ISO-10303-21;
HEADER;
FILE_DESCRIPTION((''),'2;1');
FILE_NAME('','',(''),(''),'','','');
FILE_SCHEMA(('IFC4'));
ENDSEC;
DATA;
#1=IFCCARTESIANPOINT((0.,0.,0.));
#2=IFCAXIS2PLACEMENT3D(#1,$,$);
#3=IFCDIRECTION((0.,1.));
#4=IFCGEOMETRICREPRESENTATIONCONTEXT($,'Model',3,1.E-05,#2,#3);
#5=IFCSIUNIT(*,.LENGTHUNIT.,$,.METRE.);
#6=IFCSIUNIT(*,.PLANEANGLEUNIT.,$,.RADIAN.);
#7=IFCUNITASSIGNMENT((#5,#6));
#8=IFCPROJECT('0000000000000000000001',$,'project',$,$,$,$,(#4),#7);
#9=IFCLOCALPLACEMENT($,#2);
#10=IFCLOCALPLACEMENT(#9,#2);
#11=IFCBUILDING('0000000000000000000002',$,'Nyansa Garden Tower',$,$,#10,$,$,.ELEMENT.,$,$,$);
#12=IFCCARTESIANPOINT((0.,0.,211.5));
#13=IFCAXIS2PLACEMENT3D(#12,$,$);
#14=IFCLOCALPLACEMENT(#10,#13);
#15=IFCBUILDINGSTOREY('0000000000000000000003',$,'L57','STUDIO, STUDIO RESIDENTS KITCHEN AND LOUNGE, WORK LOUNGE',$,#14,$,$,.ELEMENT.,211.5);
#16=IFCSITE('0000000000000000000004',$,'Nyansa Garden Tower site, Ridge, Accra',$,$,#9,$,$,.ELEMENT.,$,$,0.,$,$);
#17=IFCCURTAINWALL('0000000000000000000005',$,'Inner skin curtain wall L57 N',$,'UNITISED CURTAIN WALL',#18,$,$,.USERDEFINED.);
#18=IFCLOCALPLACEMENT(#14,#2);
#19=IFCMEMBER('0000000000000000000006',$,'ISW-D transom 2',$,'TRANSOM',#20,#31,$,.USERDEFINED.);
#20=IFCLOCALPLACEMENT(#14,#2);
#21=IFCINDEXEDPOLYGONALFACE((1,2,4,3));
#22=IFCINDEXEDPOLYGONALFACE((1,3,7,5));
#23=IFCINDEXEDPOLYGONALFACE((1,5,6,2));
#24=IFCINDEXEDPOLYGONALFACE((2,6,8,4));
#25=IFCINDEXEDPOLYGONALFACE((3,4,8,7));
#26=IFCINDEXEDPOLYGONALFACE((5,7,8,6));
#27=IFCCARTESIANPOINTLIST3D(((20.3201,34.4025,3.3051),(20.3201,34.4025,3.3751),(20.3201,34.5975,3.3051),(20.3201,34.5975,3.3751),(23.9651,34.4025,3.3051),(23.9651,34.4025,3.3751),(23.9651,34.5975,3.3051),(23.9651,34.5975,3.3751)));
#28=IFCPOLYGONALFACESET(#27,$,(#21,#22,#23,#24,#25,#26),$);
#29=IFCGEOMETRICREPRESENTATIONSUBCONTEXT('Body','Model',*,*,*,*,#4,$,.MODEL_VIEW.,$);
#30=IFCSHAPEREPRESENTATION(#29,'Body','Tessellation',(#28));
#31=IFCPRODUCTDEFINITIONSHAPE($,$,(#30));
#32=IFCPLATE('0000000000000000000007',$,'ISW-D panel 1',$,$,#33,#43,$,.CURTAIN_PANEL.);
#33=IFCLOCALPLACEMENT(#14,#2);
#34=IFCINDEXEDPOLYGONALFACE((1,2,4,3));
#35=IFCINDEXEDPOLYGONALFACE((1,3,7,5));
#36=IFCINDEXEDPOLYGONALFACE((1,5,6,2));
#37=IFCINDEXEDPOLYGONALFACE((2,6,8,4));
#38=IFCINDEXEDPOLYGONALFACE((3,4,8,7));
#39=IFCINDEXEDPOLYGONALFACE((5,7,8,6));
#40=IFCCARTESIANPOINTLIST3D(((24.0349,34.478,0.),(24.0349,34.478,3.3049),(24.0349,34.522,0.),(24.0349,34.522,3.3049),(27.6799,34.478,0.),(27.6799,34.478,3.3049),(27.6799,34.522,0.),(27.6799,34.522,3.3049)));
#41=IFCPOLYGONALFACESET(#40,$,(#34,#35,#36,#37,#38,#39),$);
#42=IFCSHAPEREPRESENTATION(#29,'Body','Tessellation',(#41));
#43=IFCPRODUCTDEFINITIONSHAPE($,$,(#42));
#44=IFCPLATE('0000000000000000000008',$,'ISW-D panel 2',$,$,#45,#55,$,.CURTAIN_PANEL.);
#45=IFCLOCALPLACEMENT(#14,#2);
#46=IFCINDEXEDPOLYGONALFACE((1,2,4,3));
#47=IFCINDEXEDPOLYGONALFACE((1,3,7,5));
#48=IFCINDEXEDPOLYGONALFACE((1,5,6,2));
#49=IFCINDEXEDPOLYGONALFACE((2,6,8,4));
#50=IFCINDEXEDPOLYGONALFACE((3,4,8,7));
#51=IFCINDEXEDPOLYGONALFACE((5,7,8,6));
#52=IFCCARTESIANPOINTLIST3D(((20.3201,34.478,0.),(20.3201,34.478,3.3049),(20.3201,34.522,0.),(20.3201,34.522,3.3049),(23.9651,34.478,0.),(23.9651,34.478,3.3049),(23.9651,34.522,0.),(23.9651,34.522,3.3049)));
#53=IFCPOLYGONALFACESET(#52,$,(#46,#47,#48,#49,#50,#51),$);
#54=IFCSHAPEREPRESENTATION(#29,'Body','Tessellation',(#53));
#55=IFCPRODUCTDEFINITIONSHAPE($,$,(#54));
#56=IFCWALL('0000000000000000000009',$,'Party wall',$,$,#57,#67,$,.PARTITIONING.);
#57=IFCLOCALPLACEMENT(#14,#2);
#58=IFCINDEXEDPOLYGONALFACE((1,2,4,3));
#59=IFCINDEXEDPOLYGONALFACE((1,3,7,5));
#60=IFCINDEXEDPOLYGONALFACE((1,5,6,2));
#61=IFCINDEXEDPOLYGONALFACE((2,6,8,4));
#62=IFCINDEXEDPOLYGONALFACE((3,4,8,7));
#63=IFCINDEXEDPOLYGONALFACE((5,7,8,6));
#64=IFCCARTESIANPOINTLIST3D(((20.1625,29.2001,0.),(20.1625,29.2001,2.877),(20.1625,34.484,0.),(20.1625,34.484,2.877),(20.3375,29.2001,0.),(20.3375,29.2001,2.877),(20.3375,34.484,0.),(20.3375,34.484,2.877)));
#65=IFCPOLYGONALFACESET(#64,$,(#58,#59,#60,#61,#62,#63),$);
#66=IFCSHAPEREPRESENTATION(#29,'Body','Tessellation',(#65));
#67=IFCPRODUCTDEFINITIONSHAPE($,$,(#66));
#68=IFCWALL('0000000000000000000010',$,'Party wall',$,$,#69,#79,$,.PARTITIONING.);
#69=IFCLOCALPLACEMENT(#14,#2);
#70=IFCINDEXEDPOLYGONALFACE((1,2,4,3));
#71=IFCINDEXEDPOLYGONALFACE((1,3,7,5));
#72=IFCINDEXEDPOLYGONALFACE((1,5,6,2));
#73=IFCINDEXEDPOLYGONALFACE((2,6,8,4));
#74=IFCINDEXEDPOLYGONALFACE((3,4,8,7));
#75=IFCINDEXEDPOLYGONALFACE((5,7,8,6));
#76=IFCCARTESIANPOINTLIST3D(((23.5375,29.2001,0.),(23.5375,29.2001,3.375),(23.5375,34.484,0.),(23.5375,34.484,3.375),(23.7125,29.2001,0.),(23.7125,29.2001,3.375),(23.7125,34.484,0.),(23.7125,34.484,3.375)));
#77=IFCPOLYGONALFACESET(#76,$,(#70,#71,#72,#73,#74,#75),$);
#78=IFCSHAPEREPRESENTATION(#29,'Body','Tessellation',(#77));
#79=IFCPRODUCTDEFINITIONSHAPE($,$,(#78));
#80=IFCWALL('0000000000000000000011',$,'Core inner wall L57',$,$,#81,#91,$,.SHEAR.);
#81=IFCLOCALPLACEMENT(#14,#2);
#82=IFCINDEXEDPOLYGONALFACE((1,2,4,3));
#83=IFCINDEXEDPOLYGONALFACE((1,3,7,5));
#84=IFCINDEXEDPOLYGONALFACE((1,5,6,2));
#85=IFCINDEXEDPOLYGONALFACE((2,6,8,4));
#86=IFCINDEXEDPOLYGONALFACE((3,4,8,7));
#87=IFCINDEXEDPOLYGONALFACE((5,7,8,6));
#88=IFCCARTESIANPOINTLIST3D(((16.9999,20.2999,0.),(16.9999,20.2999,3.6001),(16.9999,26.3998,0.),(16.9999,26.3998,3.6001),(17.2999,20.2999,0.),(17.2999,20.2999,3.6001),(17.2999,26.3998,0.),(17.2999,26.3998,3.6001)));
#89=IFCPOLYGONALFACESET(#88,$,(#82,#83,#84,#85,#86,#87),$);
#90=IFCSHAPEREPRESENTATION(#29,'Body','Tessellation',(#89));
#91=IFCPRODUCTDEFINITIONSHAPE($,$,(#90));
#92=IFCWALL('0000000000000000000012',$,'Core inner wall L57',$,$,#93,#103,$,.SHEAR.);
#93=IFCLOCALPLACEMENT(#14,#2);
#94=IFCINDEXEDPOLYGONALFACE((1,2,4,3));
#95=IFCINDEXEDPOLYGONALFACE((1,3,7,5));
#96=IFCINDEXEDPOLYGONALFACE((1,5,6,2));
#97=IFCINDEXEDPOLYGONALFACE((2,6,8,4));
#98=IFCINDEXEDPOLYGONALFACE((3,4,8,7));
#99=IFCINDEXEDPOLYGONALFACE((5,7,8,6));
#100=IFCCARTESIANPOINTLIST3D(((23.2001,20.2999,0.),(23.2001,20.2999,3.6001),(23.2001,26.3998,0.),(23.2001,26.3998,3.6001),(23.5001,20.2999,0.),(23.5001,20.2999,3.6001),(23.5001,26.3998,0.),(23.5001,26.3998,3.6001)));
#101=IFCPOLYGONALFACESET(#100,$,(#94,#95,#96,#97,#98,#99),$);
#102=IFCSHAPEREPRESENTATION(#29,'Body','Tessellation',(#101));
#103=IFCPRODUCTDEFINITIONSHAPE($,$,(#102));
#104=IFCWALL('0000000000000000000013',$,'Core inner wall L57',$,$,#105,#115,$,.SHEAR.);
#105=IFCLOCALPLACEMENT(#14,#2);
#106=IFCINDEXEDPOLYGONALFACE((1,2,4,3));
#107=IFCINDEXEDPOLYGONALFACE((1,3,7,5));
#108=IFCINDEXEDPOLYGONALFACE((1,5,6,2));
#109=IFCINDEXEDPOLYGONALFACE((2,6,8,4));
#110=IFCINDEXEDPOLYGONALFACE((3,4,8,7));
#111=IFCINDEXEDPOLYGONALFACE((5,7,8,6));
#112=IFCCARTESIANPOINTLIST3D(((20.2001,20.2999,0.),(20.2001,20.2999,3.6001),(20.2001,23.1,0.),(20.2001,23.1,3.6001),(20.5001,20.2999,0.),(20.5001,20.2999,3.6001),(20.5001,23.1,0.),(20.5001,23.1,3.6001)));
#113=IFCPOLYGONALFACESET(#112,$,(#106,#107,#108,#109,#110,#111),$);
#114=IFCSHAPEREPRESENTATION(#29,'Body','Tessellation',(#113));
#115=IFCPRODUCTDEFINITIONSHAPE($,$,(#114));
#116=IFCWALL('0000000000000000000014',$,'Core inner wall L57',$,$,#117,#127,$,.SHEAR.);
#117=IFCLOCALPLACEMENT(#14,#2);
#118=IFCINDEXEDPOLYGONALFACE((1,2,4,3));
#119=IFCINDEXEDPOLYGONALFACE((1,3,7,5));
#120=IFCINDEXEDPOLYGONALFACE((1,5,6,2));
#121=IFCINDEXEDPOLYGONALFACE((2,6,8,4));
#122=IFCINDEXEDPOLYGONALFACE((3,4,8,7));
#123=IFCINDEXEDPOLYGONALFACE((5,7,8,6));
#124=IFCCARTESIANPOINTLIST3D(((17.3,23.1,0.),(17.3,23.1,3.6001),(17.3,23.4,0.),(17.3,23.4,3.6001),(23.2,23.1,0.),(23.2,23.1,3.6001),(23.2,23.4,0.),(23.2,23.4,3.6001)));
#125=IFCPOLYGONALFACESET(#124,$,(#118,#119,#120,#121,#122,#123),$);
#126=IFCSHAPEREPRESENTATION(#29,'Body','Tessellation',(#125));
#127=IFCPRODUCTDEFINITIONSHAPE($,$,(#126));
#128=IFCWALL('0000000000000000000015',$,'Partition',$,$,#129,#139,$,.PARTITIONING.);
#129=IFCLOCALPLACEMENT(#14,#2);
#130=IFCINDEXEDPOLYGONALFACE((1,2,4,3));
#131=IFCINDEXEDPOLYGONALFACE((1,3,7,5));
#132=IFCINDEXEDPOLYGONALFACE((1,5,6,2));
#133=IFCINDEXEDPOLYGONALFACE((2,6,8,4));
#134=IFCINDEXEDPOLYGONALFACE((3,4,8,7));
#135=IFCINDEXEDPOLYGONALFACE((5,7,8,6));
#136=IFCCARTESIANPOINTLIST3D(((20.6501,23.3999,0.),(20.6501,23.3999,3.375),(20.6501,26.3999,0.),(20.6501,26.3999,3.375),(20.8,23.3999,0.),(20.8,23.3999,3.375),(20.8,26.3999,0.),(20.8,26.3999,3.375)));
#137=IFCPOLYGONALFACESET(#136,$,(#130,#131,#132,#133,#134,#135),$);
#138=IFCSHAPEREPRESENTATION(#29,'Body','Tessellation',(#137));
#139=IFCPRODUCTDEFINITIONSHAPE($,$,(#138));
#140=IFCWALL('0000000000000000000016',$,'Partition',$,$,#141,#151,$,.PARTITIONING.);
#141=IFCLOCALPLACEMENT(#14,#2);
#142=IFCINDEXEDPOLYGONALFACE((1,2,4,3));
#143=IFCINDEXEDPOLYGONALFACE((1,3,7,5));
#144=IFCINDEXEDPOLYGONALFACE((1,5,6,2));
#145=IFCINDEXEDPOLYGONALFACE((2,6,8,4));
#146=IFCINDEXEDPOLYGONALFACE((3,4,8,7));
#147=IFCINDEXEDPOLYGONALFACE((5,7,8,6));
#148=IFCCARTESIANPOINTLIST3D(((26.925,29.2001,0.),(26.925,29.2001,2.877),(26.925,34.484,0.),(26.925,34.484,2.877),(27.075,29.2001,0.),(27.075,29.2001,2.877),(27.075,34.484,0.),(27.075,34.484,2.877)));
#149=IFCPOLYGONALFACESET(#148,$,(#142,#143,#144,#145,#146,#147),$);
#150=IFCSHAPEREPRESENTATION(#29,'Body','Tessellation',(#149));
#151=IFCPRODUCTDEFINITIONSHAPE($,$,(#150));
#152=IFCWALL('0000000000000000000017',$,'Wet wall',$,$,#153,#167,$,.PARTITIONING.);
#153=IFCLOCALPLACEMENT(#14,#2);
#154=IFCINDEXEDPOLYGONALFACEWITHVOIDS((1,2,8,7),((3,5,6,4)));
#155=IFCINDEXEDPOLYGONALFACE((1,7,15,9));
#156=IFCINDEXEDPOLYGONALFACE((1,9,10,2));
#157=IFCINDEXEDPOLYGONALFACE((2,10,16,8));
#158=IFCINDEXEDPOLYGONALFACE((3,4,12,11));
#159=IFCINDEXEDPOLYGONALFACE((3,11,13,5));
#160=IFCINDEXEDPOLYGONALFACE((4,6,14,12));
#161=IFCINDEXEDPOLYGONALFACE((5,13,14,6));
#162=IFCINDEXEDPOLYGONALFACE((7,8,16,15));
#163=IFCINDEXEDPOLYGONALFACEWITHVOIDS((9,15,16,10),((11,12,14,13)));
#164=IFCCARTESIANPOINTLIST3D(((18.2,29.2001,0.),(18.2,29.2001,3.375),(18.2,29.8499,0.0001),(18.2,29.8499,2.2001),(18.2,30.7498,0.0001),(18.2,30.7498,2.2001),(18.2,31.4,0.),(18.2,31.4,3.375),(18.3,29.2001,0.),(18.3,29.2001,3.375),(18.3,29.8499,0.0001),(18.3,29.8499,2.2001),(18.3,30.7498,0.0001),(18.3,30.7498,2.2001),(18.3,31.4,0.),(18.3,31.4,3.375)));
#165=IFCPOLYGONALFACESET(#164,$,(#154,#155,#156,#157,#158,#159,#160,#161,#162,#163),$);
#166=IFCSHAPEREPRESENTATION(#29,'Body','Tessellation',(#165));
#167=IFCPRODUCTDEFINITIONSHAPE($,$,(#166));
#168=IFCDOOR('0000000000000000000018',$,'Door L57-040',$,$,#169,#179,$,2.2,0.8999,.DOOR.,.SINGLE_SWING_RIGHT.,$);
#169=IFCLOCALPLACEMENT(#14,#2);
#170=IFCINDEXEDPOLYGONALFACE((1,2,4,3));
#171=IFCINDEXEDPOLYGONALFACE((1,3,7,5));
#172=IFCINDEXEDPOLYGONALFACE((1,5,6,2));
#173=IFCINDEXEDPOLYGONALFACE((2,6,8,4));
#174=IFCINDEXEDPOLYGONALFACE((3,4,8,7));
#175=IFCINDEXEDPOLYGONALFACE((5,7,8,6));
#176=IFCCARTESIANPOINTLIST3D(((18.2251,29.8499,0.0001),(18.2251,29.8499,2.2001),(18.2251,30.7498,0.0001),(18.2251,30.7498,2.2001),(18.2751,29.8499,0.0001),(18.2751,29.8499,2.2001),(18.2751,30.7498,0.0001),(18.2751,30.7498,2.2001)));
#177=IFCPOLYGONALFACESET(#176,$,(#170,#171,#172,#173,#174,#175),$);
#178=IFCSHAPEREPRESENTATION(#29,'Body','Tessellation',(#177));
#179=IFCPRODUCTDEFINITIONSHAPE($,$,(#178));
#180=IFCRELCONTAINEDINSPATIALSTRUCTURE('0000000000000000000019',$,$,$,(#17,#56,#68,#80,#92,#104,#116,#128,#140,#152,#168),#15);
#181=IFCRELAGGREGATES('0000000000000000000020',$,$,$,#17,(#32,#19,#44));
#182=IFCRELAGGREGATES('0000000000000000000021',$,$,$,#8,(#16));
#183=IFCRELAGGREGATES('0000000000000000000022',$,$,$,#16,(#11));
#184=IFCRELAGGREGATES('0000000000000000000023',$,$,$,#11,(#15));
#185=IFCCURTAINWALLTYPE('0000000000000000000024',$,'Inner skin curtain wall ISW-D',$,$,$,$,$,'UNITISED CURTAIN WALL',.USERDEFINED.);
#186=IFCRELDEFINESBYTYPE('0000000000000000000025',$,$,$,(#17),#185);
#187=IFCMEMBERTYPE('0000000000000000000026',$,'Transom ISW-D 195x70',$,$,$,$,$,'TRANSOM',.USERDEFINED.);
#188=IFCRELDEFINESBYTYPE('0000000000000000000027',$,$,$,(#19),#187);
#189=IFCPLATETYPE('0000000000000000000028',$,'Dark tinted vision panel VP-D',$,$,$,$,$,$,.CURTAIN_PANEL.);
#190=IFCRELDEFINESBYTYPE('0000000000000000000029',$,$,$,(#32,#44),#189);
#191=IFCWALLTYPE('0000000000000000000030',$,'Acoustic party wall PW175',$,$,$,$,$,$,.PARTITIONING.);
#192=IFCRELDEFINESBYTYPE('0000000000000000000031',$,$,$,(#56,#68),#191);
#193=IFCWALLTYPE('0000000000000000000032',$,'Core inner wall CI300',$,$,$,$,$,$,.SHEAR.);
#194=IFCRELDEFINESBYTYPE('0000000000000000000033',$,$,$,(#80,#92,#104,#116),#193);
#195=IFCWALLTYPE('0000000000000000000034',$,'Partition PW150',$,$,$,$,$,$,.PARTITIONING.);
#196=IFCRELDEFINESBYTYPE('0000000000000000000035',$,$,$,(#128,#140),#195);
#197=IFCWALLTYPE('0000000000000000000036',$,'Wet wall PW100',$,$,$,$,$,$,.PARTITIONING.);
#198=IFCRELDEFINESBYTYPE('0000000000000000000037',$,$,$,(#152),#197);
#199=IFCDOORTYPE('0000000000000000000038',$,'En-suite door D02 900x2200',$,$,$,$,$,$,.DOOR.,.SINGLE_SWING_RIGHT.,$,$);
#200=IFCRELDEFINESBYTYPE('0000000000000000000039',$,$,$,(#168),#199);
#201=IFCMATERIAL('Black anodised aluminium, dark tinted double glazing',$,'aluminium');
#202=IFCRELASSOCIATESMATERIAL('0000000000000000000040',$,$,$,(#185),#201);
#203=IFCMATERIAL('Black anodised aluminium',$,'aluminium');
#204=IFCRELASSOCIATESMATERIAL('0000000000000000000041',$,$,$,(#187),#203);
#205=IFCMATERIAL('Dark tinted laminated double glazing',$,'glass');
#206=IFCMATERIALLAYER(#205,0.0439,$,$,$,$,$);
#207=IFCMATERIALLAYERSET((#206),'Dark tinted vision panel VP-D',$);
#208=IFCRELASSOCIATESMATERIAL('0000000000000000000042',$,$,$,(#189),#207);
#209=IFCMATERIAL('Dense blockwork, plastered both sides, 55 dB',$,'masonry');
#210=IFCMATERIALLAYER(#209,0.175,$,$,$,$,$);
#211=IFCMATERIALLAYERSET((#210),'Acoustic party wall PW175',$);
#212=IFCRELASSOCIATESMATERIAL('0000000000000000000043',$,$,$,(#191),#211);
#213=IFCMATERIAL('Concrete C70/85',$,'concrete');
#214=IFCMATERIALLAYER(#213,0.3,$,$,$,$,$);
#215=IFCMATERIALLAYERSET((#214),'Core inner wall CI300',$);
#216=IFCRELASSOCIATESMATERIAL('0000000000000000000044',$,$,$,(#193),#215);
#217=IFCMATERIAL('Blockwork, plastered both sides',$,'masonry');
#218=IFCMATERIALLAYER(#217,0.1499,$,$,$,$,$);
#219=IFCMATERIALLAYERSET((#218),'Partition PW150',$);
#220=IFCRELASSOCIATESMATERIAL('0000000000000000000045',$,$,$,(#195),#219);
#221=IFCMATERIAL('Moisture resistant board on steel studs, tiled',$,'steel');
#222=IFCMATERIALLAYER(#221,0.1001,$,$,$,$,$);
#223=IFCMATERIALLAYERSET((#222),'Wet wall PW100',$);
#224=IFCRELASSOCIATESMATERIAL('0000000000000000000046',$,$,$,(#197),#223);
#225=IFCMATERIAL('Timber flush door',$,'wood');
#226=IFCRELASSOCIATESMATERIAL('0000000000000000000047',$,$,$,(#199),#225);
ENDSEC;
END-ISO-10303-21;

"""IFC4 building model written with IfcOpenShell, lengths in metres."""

from ifc_helpers import new_model, si_unit, direction, frame, frame_2d, origin, origin_2d, place, context, subcontext, project, spatial, rectangle, extrude, material, layer, layer_set, material_profile, profile_set, type_object, element, fill, aggregate, save


model = new_model("IFC4")

# Units and contexts
model_context = context("Model", 3, precision=1e-05, world=origin(), true_north=direction((0.0, 1.0)))
body_context = subcontext(model_context, "Body", "Model", "MODEL_VIEW")
ifc_project = project(units=[si_unit("LENGTHUNIT", "METRE"), si_unit("PLANEANGLEUNIT", "RADIAN")], contexts=[model_context])

# Site, building, storey
site_placement = place(None, origin())
site = spatial("IfcSite", under=ifc_project, at=site_placement, Name="Nyansa Garden Tower site, Ridge, Accra", CompositionType="ELEMENT", RefElevation=0.0)
building_placement = place(site_placement, origin())
building = spatial("IfcBuilding", under=site, at=building_placement, Name="Nyansa Garden Tower", CompositionType="ELEMENT")
storey_placement = place(building_placement, frame((0.0, 0.0, 211.5)))
storey = spatial("IfcBuildingStorey", under=building, at=storey_placement, Name="L57", Description="STUDIO, STUDIO RESIDENTS KITCHEN AND LOUNGE, WORK LOUNGE", CompositionType="ELEMENT", Elevation=211.5)

# Curtain wall
ifc_material_1 = material(Name="Black anodised aluminium, dark tinted double glazing", Category="aluminium")
curtain_wall_type = type_object("IfcCurtainWallType", Name="Inner skin curtain wall ISW-D", ElementType="UNITISED CURTAIN WALL", PredefinedType="USERDEFINED", material=ifc_material_1)
curtain_wall_placement = place(storey_placement, origin())
curtain_wall = element("IfcCurtainWall", 1, at=curtain_wall_placement, inside=storey, type_object=curtain_wall_type, Name="Inner skin curtain wall L57 N", ObjectType="UNITISED CURTAIN WALL", PredefinedType="USERDEFINED")

# Member
ifc_material_2 = material(Name="Black anodised aluminium", Category="aluminium")
ifc_material_profile_1 = material_profile(ifc_material_2, rectangle(XDim=0.1951, YDim=0.0701, at=origin_2d()), Name="Transom 195x70")
ifc_profile_set_1 = profile_set([ifc_material_profile_1], Name="Black anodised aluminium")
member_type_1 = type_object("IfcMemberType", Name="Transom ISW-D 195x70", ElementType="TRANSOM", PredefinedType="USERDEFINED", material=ifc_profile_set_1)
member_1_placement = place(storey_placement, frame((23.9651, 34.5, 3.3401), z_axis=(-1.0, 0.0, 0.0), x_axis=(0.0, -1.0, 0.0)))
member_1 = element("IfcMember", 2, at=member_1_placement, type_object=member_type_1, Name="ISW-D transom 2", ObjectType="TRANSOM", PredefinedType="USERDEFINED", context=body_context, shape_type="SweptSolid", body=[
    extrude(rectangle(XDim=0.1951, YDim=0.0701, at=origin_2d()), origin(), (0.0, 0.0, 1.0), 3.645),
])

# Plates
ifc_material_3 = material(Name="Dark tinted laminated double glazing", Category="glass")
ifc_layer_1 = layer(ifc_material_3, 0.0439)
ifc_layer_set_1 = layer_set([ifc_layer_1], Name="Dark tinted vision panel VP-D")
plate_type = type_object("IfcPlateType", Name="Dark tinted vision panel VP-D", PredefinedType="CURTAIN_PANEL", material=ifc_layer_set_1)
plate_1_placement = place(storey_placement, frame((25.8574, 34.5, 0.0), z_axis=(0.0, 0.0, 1.0), x_axis=(-1.0, 0.0, 0.0)))
plate_1 = element("IfcPlate", 3, at=plate_1_placement, type_object=plate_type, Name="ISW-D panel 1", PredefinedType="CURTAIN_PANEL", context=body_context, shape_type="SweptSolid", body=[
    extrude(rectangle(XDim=3.645, YDim=0.0439, at=origin_2d()), origin(), (0.0, 0.0, 1.0), 3.3049),
])
plate_2_placement = place(storey_placement, frame((22.1426, 34.5, 0.0), z_axis=(0.0, 0.0, 1.0), x_axis=(-1.0, 0.0, 0.0)))
plate_2 = element("IfcPlate", 4, at=plate_2_placement, type_object=plate_type, Name="ISW-D panel 2", PredefinedType="CURTAIN_PANEL", context=body_context, shape_type="SweptSolid", body=[
    extrude(rectangle(XDim=3.645, YDim=0.0439, at=origin_2d()), origin(), (0.0, 0.0, 1.0), 3.3049),
])
aggregate(curtain_wall, [plate_1, member_1, plate_2])

# Walls
ifc_material_4 = material(Name="Dense blockwork, plastered both sides, 55 dB", Category="masonry")
ifc_layer_2 = layer(ifc_material_4, 0.175)
ifc_layer_set_2 = layer_set([ifc_layer_2], Name="Acoustic party wall PW175")
wall_type_1 = type_object("IfcWallType", Name="Acoustic party wall PW175", PredefinedType="PARTITIONING", material=ifc_layer_set_2)
wall_1_placement = place(storey_placement, frame((20.25, 29.2, 0.0), z_axis=(0.0, 0.0, 1.0), x_axis=(0.0, 1.0, 0.0)))
element("IfcWall", 5, at=wall_1_placement, inside=storey, type_object=wall_type_1, Name="Party wall", PredefinedType="PARTITIONING", context=body_context, shape_type="SweptSolid", body=[
    extrude(rectangle(XDim=5.2839, YDim=0.175, at=frame_2d((2.6421, 0.0))), origin(), (0.0, 0.0, 1.0), 2.877),
])
wall_2_placement = place(storey_placement, frame((23.625, 29.2, 0.0), z_axis=(0.0, 0.0, 1.0), x_axis=(0.0, 1.0, 0.0)))
element("IfcWall", 6, at=wall_2_placement, inside=storey, type_object=wall_type_1, Name="Party wall", PredefinedType="PARTITIONING", context=body_context, shape_type="SweptSolid", body=[
    extrude(rectangle(XDim=5.2839, YDim=0.175, at=frame_2d((2.6421, 0.0))), origin(), (0.0, 0.0, 1.0), 3.375),
])
ifc_material_5 = material(Name="Concrete C70/85", Category="concrete")
ifc_layer_3 = layer(ifc_material_5, 0.3)
ifc_layer_set_3 = layer_set([ifc_layer_3], Name="Core inner wall CI300")
wall_type_2 = type_object("IfcWallType", Name="Core inner wall CI300", PredefinedType="SHEAR", material=ifc_layer_set_3)
for number, where, z_axis, x_axis, name in (
    (7, (17.1499, 20.3, 0.0), (0.0, 0.0, 1.0), (0.0, 1.0, 0.0), "Core inner wall L57"),
    (8, (23.3501, 20.3, 0.0), (0.0, 0.0, 1.0), (0.0, 1.0, 0.0), "Core inner wall L57"),
):
    element("IfcWall", number, at=place(storey_placement, frame(where, z_axis=z_axis, x_axis=x_axis)), inside=storey, type_object=wall_type_2, Name=name, PredefinedType="SHEAR", context=body_context, shape_type="SweptSolid", body=[
        extrude(rectangle(XDim=6.0999, YDim=0.3, at=frame_2d((3.0498, 0.0))), origin(), (0.0, 0.0, 1.0), 3.6001),
    ])
wall_3_placement = place(storey_placement, frame((20.3501, 20.3, 0.0), z_axis=(0.0, 0.0, 1.0), x_axis=(0.0, 1.0, 0.0)))
element("IfcWall", 9, at=wall_3_placement, inside=storey, type_object=wall_type_2, Name="Core inner wall L57", PredefinedType="SHEAR", context=body_context, shape_type="SweptSolid", body=[
    extrude(rectangle(XDim=2.8, YDim=0.3, at=frame_2d((1.3999, 0.0))), origin(), (0.0, 0.0, 1.0), 3.6001),
])
wall_4_placement = place(storey_placement, frame((17.3, 23.25, 0.0), z_axis=(0.0, 0.0, 1.0), x_axis=(1.0, 0.0, 0.0)))
element("IfcWall", 10, at=wall_4_placement, inside=storey, type_object=wall_type_2, Name="Core inner wall L57", PredefinedType="SHEAR", context=body_context, shape_type="SweptSolid", body=[
    extrude(rectangle(XDim=5.8999, YDim=0.3, at=frame_2d((2.95, 0.0))), origin(), (0.0, 0.0, 1.0), 3.6001),
])
ifc_material_6 = material(Name="Blockwork, plastered both sides", Category="masonry")
ifc_layer_4 = layer(ifc_material_6, 0.1499)
ifc_layer_set_4 = layer_set([ifc_layer_4], Name="Partition PW150")
wall_type_3 = type_object("IfcWallType", Name="Partition PW150", PredefinedType="PARTITIONING", material=ifc_layer_set_4)
wall_5_placement = place(storey_placement, frame((20.7251, 23.3999, 0.0), z_axis=(0.0, 0.0, 1.0), x_axis=(0.0, 1.0, 0.0)))
element("IfcWall", 11, at=wall_5_placement, inside=storey, type_object=wall_type_3, Name="Partition", PredefinedType="PARTITIONING", context=body_context, shape_type="SweptSolid", body=[
    extrude(rectangle(XDim=3.0, YDim=0.1499, at=frame_2d((1.5, 0.0))), origin(), (0.0, 0.0, 1.0), 3.375),
])
wall_6_placement = place(storey_placement, frame((27.0, 29.2, 0.0), z_axis=(0.0, 0.0, 1.0), x_axis=(0.0, 1.0, 0.0)))
element("IfcWall", 12, at=wall_6_placement, inside=storey, type_object=wall_type_3, Name="Partition", PredefinedType="PARTITIONING", context=body_context, shape_type="SweptSolid", body=[
    extrude(rectangle(XDim=5.2839, YDim=0.1499, at=frame_2d((2.6421, 0.0))), origin(), (0.0, 0.0, 1.0), 2.877),
])

# Wall, opening, door
ifc_material_7 = material(Name="Moisture resistant board on steel studs, tiled", Category="steel")
ifc_layer_5 = layer(ifc_material_7, 0.1001)
ifc_layer_set_5 = layer_set([ifc_layer_5], Name="Wet wall PW100")
wall_type_4 = type_object("IfcWallType", Name="Wet wall PW100", PredefinedType="PARTITIONING", material=ifc_layer_set_5)
wall_7_placement = place(storey_placement, frame((18.25, 29.2, 0.0), z_axis=(0.0, 0.0, 1.0), x_axis=(0.0, 1.0, 0.0)))
wall_7 = element("IfcWall", 13, at=wall_7_placement, inside=storey, type_object=wall_type_4, Name="Wet wall", PredefinedType="PARTITIONING", context=body_context, shape_type="SweptSolid", body=[
    extrude(rectangle(XDim=2.2, YDim=0.1001, at=frame_2d((1.1001, 0.0))), origin(), (0.0, 0.0, 1.0), 3.375),
])
opening_1_placement = place(wall_7_placement, frame((0.6499, 0.0, 0.0)))
opening_1 = element("IfcOpeningElement", 14, at=opening_1_placement, cuts=wall_7, PredefinedType="OPENING", context=body_context, shape_type="SweptSolid", body=[
    extrude(rectangle(XDim=0.8999, YDim=2.2, at=frame_2d((0.45, 1.1001))), frame((0.0, 0.0601, 0.0), z_axis=(0.0, -1.0, 0.0), x_axis=(1.0, 0.0, 0.0)), (0.0, 0.0, 1.0), 0.1201),
])
ifc_material_8 = material(Name="Timber flush door", Category="wood")
door_type = type_object("IfcDoorType", Name="En-suite door D02 900x2200", OperationType="SINGLE_SWING_RIGHT", PredefinedType="DOOR", material=ifc_material_8)
door_1_placement = place(opening_1_placement, origin())
door_1 = element("IfcDoor", 15, at=door_1_placement, inside=storey, type_object=door_type, Name="Door L57-040", OperationType="SINGLE_SWING_RIGHT", OverallHeight=2.2, OverallWidth=0.8999, PredefinedType="DOOR", context=body_context, shape_type="SweptSolid", body=[
    extrude(rectangle(XDim=0.8999, YDim=2.2, at=frame_2d((0.45, 1.1001))), frame((0.0, 0.0249, 0.0), z_axis=(0.0, -1.0, 0.0), x_axis=(1.0, 0.0, 0.0)), (0.0, 0.0, 1.0), 0.05),
])
fill(opening_1, door_1)

save(model, "model.ifc")
